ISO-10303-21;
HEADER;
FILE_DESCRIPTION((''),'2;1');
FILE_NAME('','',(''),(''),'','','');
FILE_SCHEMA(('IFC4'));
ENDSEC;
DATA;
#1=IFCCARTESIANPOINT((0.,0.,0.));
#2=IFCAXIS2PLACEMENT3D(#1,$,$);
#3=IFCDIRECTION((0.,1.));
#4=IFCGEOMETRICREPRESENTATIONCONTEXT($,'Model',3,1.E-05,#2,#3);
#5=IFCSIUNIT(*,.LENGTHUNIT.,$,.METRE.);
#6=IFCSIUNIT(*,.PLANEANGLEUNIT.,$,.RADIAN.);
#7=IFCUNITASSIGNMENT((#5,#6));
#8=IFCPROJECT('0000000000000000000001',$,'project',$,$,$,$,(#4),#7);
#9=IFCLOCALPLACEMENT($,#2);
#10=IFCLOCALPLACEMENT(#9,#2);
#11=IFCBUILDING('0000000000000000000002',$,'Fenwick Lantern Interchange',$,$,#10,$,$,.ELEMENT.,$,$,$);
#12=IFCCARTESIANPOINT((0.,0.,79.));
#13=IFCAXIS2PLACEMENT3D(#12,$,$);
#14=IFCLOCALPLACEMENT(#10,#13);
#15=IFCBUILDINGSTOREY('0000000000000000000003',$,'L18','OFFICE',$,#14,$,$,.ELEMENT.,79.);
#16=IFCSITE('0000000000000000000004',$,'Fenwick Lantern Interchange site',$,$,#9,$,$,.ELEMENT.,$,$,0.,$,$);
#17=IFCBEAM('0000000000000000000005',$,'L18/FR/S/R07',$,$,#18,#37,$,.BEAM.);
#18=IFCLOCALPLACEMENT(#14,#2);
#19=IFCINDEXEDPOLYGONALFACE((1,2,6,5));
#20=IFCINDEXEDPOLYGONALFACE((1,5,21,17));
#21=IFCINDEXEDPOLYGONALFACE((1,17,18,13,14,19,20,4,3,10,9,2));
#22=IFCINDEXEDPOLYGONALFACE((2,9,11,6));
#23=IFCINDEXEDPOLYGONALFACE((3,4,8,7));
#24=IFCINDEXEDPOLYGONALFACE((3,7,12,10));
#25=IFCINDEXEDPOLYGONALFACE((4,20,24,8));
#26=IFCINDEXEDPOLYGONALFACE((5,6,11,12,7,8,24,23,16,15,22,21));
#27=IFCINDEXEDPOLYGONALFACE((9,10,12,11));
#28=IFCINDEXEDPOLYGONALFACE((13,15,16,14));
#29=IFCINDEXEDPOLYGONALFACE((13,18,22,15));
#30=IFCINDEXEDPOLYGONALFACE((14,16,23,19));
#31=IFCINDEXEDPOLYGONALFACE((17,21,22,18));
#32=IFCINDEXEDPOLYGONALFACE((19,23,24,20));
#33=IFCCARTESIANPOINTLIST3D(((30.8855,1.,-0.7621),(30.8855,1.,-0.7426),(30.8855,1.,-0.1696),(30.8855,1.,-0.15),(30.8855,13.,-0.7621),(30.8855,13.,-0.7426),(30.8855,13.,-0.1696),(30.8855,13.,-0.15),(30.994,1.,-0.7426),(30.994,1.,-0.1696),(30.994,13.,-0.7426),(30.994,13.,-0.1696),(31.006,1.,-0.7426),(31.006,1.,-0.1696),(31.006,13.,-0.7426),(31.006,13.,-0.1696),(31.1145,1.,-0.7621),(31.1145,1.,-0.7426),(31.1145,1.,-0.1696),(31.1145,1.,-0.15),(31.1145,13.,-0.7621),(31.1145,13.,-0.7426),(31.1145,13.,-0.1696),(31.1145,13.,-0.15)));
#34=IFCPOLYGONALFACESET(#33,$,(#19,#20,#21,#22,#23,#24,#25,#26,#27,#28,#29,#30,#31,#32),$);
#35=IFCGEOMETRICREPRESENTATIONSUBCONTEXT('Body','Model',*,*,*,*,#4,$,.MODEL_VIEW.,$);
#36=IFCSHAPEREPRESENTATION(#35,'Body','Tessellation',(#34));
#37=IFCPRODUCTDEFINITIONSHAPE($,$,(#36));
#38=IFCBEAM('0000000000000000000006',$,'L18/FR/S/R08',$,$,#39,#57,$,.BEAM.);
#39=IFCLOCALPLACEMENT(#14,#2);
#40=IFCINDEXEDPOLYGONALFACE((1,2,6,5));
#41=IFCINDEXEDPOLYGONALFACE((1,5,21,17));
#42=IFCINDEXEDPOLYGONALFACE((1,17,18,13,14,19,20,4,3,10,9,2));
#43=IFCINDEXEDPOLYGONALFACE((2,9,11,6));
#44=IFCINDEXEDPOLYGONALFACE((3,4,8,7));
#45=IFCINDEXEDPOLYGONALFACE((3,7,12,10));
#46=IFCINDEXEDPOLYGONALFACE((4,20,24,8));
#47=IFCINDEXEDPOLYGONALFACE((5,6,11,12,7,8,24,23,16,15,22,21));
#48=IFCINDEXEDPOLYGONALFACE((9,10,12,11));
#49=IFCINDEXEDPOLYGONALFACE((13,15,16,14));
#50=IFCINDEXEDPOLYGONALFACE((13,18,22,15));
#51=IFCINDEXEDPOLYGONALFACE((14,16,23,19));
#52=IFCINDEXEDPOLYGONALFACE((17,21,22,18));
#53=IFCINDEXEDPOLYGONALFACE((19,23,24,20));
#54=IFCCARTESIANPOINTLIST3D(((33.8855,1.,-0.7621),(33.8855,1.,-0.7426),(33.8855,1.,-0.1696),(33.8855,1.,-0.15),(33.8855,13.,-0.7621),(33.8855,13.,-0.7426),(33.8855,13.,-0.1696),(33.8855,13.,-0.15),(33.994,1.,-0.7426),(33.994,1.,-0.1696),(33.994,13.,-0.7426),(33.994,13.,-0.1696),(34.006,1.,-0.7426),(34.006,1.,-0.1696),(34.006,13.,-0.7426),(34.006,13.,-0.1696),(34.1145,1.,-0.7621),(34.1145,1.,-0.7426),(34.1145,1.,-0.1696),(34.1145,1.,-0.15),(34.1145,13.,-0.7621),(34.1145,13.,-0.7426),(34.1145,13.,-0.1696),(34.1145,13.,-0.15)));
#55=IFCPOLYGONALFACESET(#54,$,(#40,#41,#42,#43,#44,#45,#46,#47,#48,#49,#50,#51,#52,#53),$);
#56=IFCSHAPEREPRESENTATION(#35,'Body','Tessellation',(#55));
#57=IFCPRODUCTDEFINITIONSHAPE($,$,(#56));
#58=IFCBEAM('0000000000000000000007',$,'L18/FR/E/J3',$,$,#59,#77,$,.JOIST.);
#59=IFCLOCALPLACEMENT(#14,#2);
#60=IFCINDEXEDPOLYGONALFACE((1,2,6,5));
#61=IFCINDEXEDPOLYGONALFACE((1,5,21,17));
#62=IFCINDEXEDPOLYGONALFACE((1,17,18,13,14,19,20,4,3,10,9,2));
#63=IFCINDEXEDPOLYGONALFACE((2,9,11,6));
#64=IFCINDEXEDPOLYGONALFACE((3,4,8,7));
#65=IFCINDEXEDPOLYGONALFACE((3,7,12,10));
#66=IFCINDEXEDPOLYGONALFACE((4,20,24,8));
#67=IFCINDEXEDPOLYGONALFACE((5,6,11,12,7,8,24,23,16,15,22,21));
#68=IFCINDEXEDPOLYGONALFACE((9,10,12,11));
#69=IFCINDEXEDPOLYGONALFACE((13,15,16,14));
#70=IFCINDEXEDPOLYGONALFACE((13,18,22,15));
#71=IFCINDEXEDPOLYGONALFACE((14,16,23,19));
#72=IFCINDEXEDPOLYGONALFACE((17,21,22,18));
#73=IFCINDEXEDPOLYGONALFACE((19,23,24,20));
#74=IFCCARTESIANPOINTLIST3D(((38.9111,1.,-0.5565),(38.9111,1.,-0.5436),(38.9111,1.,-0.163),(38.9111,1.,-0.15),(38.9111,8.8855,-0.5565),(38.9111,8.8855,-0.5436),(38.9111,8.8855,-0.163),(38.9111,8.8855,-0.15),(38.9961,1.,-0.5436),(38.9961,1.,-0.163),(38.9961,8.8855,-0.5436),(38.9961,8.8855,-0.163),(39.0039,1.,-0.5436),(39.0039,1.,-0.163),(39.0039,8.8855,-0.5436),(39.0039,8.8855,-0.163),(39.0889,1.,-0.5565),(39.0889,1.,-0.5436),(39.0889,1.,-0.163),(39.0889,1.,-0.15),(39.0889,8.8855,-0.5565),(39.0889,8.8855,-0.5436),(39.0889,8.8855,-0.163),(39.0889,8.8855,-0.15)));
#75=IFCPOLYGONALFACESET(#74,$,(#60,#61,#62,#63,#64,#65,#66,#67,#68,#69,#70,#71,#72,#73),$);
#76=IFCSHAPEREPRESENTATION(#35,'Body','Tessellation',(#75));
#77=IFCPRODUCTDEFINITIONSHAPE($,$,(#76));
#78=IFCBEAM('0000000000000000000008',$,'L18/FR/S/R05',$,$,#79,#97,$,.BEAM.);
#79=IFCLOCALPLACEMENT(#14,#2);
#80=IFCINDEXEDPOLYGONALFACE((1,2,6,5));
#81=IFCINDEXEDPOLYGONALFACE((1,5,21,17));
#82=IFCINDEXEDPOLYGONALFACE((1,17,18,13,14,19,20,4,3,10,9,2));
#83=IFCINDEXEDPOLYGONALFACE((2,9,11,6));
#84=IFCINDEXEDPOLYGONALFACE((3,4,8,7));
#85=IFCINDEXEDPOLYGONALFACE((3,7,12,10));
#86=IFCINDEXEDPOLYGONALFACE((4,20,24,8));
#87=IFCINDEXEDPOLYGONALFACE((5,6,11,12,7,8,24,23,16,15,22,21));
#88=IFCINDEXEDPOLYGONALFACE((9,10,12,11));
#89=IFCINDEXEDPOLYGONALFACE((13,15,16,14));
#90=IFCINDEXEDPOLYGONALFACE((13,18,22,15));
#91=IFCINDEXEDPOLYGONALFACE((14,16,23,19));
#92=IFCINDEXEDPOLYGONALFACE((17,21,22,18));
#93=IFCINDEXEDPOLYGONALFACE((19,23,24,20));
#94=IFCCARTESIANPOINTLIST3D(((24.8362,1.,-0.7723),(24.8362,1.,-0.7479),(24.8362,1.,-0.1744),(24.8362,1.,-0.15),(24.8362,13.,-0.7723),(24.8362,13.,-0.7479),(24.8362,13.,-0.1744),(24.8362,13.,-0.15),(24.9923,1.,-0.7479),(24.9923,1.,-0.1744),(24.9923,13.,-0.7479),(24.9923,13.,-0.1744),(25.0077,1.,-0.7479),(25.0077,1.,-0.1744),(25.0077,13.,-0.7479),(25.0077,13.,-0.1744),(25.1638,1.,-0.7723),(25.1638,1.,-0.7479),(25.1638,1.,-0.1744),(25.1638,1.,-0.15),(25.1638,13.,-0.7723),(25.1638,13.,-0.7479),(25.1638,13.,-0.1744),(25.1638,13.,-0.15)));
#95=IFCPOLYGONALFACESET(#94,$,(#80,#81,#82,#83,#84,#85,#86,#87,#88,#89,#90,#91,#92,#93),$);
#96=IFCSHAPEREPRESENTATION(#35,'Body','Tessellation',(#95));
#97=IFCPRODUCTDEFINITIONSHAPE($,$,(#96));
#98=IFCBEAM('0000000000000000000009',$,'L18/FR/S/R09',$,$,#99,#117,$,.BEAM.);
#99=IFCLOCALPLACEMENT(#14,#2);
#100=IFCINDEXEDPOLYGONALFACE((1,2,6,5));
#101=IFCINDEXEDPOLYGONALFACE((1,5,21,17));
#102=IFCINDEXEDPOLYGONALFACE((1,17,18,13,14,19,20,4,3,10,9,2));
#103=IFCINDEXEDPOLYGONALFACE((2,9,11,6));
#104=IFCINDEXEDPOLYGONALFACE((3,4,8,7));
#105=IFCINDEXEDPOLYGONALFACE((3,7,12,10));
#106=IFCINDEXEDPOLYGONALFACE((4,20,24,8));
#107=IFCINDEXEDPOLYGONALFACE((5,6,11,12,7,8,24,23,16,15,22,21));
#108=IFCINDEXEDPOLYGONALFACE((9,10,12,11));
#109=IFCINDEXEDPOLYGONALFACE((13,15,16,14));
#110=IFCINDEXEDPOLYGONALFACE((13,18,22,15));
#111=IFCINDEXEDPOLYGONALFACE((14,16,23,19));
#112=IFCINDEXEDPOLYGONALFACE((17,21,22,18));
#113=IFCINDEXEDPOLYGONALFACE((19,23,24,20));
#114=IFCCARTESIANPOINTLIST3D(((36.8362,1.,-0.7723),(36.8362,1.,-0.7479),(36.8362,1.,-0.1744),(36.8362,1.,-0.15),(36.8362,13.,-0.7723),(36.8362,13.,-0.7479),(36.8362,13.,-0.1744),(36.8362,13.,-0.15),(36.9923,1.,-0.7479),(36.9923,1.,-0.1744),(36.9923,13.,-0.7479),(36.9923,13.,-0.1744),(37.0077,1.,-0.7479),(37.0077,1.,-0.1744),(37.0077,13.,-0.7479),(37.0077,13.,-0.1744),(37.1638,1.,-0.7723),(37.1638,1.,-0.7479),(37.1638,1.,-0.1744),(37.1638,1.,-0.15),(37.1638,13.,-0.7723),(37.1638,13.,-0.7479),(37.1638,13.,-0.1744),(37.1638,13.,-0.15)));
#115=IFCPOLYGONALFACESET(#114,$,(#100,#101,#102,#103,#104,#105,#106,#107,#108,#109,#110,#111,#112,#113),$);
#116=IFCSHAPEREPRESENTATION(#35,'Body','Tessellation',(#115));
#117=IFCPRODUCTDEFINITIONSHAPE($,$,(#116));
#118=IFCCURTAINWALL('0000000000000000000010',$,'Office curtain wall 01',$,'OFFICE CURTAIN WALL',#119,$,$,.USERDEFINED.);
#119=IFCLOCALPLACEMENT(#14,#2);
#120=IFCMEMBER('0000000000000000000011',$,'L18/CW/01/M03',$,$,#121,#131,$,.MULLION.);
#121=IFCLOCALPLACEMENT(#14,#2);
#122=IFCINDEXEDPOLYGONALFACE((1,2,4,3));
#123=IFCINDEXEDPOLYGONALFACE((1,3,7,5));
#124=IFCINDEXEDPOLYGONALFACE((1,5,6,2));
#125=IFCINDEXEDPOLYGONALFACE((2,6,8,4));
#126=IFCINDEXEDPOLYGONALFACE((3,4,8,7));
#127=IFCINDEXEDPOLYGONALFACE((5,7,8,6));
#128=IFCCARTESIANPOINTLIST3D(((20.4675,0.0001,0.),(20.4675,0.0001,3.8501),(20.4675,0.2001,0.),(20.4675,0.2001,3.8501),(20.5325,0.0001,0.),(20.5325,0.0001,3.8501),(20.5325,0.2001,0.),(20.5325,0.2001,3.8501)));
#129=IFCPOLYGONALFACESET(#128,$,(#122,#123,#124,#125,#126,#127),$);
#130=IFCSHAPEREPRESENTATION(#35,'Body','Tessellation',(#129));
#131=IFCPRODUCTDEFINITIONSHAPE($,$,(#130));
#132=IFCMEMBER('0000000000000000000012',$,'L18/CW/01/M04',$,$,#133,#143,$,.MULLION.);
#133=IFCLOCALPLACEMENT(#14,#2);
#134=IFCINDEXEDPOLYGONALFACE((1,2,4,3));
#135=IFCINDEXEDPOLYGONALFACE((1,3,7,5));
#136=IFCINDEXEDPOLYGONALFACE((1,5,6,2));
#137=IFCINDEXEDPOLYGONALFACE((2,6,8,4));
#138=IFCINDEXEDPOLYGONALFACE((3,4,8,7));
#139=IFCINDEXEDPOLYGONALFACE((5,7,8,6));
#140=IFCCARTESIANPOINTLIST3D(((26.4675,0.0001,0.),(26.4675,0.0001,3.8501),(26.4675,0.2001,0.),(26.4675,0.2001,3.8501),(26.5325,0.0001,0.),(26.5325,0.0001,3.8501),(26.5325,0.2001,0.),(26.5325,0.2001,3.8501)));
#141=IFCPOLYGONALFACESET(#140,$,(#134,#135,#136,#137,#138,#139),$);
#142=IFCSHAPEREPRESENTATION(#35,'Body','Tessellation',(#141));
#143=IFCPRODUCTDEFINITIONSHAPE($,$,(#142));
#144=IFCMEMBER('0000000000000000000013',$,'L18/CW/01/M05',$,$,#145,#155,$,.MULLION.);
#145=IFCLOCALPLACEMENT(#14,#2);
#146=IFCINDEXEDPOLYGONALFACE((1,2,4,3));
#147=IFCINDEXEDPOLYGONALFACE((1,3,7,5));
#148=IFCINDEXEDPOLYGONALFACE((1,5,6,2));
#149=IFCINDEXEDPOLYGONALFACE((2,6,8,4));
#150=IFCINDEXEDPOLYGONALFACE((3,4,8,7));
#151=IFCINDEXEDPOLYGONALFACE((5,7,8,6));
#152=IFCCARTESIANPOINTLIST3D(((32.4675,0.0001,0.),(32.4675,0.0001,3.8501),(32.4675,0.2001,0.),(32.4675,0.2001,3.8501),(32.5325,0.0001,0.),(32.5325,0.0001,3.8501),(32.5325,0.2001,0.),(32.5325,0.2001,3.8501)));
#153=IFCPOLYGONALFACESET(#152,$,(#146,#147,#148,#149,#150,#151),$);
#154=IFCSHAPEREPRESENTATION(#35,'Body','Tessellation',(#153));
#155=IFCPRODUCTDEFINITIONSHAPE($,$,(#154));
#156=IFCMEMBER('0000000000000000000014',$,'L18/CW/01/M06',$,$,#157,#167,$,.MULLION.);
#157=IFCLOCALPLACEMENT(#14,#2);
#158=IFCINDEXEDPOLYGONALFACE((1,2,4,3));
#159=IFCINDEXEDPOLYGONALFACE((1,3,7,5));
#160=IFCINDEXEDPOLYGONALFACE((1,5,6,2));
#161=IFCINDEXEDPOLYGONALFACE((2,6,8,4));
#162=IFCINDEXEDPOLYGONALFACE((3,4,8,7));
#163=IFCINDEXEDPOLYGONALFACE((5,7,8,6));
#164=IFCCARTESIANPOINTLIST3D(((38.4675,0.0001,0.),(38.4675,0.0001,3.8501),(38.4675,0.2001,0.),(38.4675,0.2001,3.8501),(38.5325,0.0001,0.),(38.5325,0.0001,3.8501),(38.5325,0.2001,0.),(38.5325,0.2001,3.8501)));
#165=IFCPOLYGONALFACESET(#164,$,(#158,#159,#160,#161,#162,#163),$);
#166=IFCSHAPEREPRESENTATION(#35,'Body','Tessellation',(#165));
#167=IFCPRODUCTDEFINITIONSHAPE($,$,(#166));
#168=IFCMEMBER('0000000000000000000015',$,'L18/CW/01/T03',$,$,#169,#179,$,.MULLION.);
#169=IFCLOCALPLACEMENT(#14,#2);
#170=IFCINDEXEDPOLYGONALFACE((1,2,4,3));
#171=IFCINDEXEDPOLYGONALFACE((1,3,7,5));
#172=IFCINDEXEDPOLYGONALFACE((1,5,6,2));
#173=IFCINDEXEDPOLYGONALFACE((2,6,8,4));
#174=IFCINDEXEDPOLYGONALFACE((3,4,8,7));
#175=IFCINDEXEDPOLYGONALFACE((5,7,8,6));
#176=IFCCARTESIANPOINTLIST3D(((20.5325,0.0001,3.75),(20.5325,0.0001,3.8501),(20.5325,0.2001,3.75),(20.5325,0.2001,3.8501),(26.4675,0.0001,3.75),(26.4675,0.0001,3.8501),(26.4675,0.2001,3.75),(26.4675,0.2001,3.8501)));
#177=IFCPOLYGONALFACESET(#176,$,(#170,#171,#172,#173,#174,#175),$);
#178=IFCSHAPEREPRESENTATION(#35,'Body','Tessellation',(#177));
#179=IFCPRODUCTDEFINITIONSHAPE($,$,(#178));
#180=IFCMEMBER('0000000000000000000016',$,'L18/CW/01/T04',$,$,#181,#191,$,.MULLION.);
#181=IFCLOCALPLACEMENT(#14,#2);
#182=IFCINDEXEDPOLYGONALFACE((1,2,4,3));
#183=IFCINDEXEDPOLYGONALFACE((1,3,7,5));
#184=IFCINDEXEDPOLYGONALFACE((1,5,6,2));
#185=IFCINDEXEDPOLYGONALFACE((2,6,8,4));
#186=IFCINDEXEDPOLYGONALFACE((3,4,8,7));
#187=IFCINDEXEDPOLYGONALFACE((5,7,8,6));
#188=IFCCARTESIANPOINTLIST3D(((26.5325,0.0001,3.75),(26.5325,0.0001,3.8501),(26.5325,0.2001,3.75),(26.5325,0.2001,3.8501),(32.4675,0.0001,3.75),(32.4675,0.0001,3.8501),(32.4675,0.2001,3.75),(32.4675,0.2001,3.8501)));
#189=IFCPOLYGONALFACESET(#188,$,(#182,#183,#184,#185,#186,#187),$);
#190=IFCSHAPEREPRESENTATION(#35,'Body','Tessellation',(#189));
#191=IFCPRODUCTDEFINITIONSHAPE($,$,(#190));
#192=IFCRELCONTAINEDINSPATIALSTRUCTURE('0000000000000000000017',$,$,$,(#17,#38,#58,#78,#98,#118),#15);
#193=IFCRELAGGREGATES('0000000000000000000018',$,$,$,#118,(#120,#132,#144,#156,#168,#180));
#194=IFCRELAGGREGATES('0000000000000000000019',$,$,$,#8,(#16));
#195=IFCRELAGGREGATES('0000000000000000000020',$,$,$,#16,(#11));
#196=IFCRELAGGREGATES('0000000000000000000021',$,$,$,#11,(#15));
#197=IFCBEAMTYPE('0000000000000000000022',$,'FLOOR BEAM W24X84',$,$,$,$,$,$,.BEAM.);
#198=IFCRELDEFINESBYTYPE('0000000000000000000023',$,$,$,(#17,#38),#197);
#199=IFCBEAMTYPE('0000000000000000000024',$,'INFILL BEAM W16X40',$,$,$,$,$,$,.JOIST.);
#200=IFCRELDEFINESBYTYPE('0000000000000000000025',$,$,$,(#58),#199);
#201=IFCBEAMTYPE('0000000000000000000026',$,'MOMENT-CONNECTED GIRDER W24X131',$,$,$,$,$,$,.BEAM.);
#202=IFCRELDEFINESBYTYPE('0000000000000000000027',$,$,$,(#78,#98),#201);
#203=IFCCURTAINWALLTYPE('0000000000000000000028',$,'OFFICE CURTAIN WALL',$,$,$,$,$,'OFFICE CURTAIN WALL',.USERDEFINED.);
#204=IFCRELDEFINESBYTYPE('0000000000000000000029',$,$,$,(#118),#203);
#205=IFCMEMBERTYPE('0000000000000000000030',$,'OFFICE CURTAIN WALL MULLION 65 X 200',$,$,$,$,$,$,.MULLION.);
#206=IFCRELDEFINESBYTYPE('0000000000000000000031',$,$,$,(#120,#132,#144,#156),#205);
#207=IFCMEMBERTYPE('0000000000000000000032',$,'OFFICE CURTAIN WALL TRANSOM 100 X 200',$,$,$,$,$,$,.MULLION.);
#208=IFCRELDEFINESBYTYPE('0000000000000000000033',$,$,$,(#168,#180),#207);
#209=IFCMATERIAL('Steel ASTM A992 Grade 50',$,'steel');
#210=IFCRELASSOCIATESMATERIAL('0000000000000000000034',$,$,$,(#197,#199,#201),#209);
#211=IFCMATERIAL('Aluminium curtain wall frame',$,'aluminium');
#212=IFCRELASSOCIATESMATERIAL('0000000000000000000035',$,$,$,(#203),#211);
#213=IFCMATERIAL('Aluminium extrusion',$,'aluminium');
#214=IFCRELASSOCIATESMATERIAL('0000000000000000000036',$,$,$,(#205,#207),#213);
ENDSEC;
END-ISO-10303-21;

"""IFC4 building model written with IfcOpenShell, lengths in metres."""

from ifc_helpers import new_model, si_unit, direction, frame, origin, origin_2d, place, context, subcontext, project, spatial, rectangle, i_section, extrude, material, material_profile, profile_set, type_object, element, aggregate, save


model = new_model("IFC4")

# Units and contexts
model_context = context("Model", 3, precision=1e-05, world=origin(), true_north=direction((0.0, 1.0)))
body_context = subcontext(model_context, "Body", "Model", "MODEL_VIEW")
ifc_project = project(units=[si_unit("LENGTHUNIT", "METRE"), si_unit("PLANEANGLEUNIT", "RADIAN")], contexts=[model_context])

# Site, building, storey
site_placement = place(None, origin())
site = spatial("IfcSite", under=ifc_project, at=site_placement, Name="Fenwick Lantern Interchange site", CompositionType="ELEMENT", RefElevation=0.0)
building_placement = place(site_placement, origin())
building = spatial("IfcBuilding", under=site, at=building_placement, Name="Fenwick Lantern Interchange", CompositionType="ELEMENT")
storey_placement = place(building_placement, frame((0.0, 0.0, 79.0)))
storey = spatial("IfcBuildingStorey", under=building, at=storey_placement, Name="L18", Description="OFFICE", CompositionType="ELEMENT", Elevation=79.0)

# Shared definitions
ifc_material_1 = material(Name="Steel ASTM A992 Grade 50", Category="steel")

# Beams
ifc_material_profile_1 = material_profile(ifc_material_1, i_section(OverallWidth=0.229, OverallDepth=0.6121, WebThickness=0.012, FlangeThickness=0.0195, at=origin_2d()), Name="W24X84")
ifc_profile_set_1 = profile_set([ifc_material_profile_1], Name="Steel ASTM A992 Grade 50")
beam_type_1 = type_object("IfcBeamType", Name="FLOOR BEAM W24X84", PredefinedType="BEAM", material=ifc_profile_set_1)
for number, where, z_axis, x_axis, name in (
    (1, (31.0, 1.0, -0.4561), (0.0, 1.0, 0.0), (-1.0, 0.0, 0.0), "L18/FR/S/R07"),
    (2, (34.0, 1.0, -0.4561), (0.0, 1.0, 0.0), (-1.0, 0.0, 0.0), "L18/FR/S/R08"),
):
    element("IfcBeam", number, at=place(storey_placement, frame(where, z_axis=z_axis, x_axis=x_axis)), inside=storey, type_object=beam_type_1, Name=name, PredefinedType="BEAM", context=body_context, shape_type="SweptSolid", body=[
        extrude(i_section(OverallWidth=0.229, OverallDepth=0.6121, WebThickness=0.012, FlangeThickness=0.0195, at=origin_2d()), origin(), (0.0, 0.0, 1.0), 12.0),
    ])
ifc_material_profile_2 = material_profile(ifc_material_1, i_section(OverallWidth=0.1777, OverallDepth=0.4065, WebThickness=0.0078, FlangeThickness=0.0129, at=origin_2d()), Name="W16X40")
ifc_profile_set_2 = profile_set([ifc_material_profile_2], Name="Steel ASTM A992 Grade 50")
beam_type_2 = type_object("IfcBeamType", Name="INFILL BEAM W16X40", PredefinedType="JOIST", material=ifc_profile_set_2)
beam_1_placement = place(storey_placement, frame((39.0, 1.0, -0.3533), z_axis=(0.0, 1.0, 0.0), x_axis=(-1.0, 0.0, 0.0)))
element("IfcBeam", 3, at=beam_1_placement, inside=storey, type_object=beam_type_2, Name="L18/FR/E/J3", PredefinedType="JOIST", context=body_context, shape_type="SweptSolid", body=[
    extrude(i_section(OverallWidth=0.1777, OverallDepth=0.4065, WebThickness=0.0078, FlangeThickness=0.0129, at=origin_2d()), origin(), (0.0, 0.0, 1.0), 7.8855),
])
ifc_material_profile_3 = material_profile(ifc_material_1, i_section(OverallWidth=0.3276, OverallDepth=0.6223, WebThickness=0.0154, FlangeThickness=0.0244, at=origin_2d()), Name="W24X131")
ifc_profile_set_3 = profile_set([ifc_material_profile_3], Name="Steel ASTM A992 Grade 50")
beam_type_3 = type_object("IfcBeamType", Name="MOMENT-CONNECTED GIRDER W24X131", PredefinedType="BEAM", material=ifc_profile_set_3)
for number, where, z_axis, x_axis, name in (
    (4, (25.0, 1.0, -0.4612), (0.0, 1.0, 0.0), (-1.0, 0.0, 0.0), "L18/FR/S/R05"),
    (5, (37.0, 1.0, -0.4612), (0.0, 1.0, 0.0), (-1.0, 0.0, 0.0), "L18/FR/S/R09"),
):
    element("IfcBeam", number, at=place(storey_placement, frame(where, z_axis=z_axis, x_axis=x_axis)), inside=storey, type_object=beam_type_3, Name=name, PredefinedType="BEAM", context=body_context, shape_type="SweptSolid", body=[
        extrude(i_section(OverallWidth=0.3276, OverallDepth=0.6223, WebThickness=0.0154, FlangeThickness=0.0244, at=origin_2d()), origin(), (0.0, 0.0, 1.0), 12.0),
    ])

# Curtain wall, members
ifc_material_2 = material(Name="Aluminium curtain wall frame", Category="aluminium")
curtain_wall_type = type_object("IfcCurtainWallType", Name="OFFICE CURTAIN WALL", ElementType="OFFICE CURTAIN WALL", PredefinedType="USERDEFINED", material=ifc_material_2)
curtain_wall_placement = place(storey_placement, origin())
curtain_wall = element("IfcCurtainWall", 6, at=curtain_wall_placement, inside=storey, type_object=curtain_wall_type, Name="Office curtain wall 01", ObjectType="OFFICE CURTAIN WALL", PredefinedType="USERDEFINED")
ifc_material_3 = material(Name="Aluminium extrusion", Category="aluminium")
ifc_material_profile_4 = material_profile(ifc_material_3, rectangle(XDim=0.2, YDim=0.0649, at=origin_2d()), Name="OFFICE CURTAIN WALL MULLION 65 X 200")
ifc_profile_set_4 = profile_set([ifc_material_profile_4], Name="Aluminium extrusion")
member_type_1 = type_object("IfcMemberType", Name="OFFICE CURTAIN WALL MULLION 65 X 200", PredefinedType="MULLION", material=ifc_profile_set_4)
member_1_placement = place(storey_placement, frame((20.5, 0.1001, 0.0), z_axis=(0.0, 0.0, 1.0), x_axis=(0.0, 1.0, 0.0)))
member_1 = element("IfcMember", 7, at=member_1_placement, type_object=member_type_1, Name="L18/CW/01/M03", PredefinedType="MULLION", context=body_context, shape_type="SweptSolid", body=[
    extrude(rectangle(XDim=0.2, YDim=0.0649, at=origin_2d()), origin(), (0.0, 0.0, 1.0), 3.8501),
])
member_2_placement = place(storey_placement, frame((26.5, 0.1001, 0.0), z_axis=(0.0, 0.0, 1.0), x_axis=(0.0, 1.0, 0.0)))
member_2 = element("IfcMember", 8, at=member_2_placement, type_object=member_type_1, Name="L18/CW/01/M04", PredefinedType="MULLION", context=body_context, shape_type="SweptSolid", body=[
    extrude(rectangle(XDim=0.2, YDim=0.0649, at=origin_2d()), origin(), (0.0, 0.0, 1.0), 3.8501),
])
member_3_placement = place(storey_placement, frame((32.5, 0.1001, 0.0), z_axis=(0.0, 0.0, 1.0), x_axis=(0.0, 1.0, 0.0)))
member_3 = element("IfcMember", 9, at=member_3_placement, type_object=member_type_1, Name="L18/CW/01/M05", PredefinedType="MULLION", context=body_context, shape_type="SweptSolid", body=[
    extrude(rectangle(XDim=0.2, YDim=0.0649, at=origin_2d()), origin(), (0.0, 0.0, 1.0), 3.8501),
])
member_4_placement = place(storey_placement, frame((38.5, 0.1001, 0.0), z_axis=(0.0, 0.0, 1.0), x_axis=(0.0, 1.0, 0.0)))
member_4 = element("IfcMember", 10, at=member_4_placement, type_object=member_type_1, Name="L18/CW/01/M06", PredefinedType="MULLION", context=body_context, shape_type="SweptSolid", body=[
    extrude(rectangle(XDim=0.2, YDim=0.0649, at=origin_2d()), origin(), (0.0, 0.0, 1.0), 3.8501),
])
ifc_material_profile_5 = material_profile(ifc_material_3, rectangle(XDim=0.2, YDim=0.1001, at=origin_2d()), Name="OFFICE CURTAIN WALL TRANSOM 100 X 200")
ifc_profile_set_5 = profile_set([ifc_material_profile_5], Name="Aluminium extrusion")
member_type_2 = type_object("IfcMemberType", Name="OFFICE CURTAIN WALL TRANSOM 100 X 200", PredefinedType="MULLION", material=ifc_profile_set_5)
member_5_placement = place(storey_placement, frame((20.5325, 0.1001, 3.8), z_axis=(1.0, 0.0, 0.0), x_axis=(0.0, 1.0, 0.0)))
member_5 = element("IfcMember", 11, at=member_5_placement, type_object=member_type_2, Name="L18/CW/01/T03", PredefinedType="MULLION", context=body_context, shape_type="SweptSolid", body=[
    extrude(rectangle(XDim=0.2, YDim=0.1001, at=origin_2d()), origin(), (0.0, 0.0, 1.0), 5.9351),
])
member_6_placement = place(storey_placement, frame((26.5325, 0.1001, 3.8), z_axis=(1.0, 0.0, 0.0), x_axis=(0.0, 1.0, 0.0)))
member_6 = element("IfcMember", 12, at=member_6_placement, type_object=member_type_2, Name="L18/CW/01/T04", PredefinedType="MULLION", context=body_context, shape_type="SweptSolid", body=[
    extrude(rectangle(XDim=0.2, YDim=0.1001, at=origin_2d()), origin(), (0.0, 0.0, 1.0), 5.9351),
])
aggregate(curtain_wall, [member_1, member_2, member_3, member_4, member_5, member_6])

save(model, "model.ifc")
